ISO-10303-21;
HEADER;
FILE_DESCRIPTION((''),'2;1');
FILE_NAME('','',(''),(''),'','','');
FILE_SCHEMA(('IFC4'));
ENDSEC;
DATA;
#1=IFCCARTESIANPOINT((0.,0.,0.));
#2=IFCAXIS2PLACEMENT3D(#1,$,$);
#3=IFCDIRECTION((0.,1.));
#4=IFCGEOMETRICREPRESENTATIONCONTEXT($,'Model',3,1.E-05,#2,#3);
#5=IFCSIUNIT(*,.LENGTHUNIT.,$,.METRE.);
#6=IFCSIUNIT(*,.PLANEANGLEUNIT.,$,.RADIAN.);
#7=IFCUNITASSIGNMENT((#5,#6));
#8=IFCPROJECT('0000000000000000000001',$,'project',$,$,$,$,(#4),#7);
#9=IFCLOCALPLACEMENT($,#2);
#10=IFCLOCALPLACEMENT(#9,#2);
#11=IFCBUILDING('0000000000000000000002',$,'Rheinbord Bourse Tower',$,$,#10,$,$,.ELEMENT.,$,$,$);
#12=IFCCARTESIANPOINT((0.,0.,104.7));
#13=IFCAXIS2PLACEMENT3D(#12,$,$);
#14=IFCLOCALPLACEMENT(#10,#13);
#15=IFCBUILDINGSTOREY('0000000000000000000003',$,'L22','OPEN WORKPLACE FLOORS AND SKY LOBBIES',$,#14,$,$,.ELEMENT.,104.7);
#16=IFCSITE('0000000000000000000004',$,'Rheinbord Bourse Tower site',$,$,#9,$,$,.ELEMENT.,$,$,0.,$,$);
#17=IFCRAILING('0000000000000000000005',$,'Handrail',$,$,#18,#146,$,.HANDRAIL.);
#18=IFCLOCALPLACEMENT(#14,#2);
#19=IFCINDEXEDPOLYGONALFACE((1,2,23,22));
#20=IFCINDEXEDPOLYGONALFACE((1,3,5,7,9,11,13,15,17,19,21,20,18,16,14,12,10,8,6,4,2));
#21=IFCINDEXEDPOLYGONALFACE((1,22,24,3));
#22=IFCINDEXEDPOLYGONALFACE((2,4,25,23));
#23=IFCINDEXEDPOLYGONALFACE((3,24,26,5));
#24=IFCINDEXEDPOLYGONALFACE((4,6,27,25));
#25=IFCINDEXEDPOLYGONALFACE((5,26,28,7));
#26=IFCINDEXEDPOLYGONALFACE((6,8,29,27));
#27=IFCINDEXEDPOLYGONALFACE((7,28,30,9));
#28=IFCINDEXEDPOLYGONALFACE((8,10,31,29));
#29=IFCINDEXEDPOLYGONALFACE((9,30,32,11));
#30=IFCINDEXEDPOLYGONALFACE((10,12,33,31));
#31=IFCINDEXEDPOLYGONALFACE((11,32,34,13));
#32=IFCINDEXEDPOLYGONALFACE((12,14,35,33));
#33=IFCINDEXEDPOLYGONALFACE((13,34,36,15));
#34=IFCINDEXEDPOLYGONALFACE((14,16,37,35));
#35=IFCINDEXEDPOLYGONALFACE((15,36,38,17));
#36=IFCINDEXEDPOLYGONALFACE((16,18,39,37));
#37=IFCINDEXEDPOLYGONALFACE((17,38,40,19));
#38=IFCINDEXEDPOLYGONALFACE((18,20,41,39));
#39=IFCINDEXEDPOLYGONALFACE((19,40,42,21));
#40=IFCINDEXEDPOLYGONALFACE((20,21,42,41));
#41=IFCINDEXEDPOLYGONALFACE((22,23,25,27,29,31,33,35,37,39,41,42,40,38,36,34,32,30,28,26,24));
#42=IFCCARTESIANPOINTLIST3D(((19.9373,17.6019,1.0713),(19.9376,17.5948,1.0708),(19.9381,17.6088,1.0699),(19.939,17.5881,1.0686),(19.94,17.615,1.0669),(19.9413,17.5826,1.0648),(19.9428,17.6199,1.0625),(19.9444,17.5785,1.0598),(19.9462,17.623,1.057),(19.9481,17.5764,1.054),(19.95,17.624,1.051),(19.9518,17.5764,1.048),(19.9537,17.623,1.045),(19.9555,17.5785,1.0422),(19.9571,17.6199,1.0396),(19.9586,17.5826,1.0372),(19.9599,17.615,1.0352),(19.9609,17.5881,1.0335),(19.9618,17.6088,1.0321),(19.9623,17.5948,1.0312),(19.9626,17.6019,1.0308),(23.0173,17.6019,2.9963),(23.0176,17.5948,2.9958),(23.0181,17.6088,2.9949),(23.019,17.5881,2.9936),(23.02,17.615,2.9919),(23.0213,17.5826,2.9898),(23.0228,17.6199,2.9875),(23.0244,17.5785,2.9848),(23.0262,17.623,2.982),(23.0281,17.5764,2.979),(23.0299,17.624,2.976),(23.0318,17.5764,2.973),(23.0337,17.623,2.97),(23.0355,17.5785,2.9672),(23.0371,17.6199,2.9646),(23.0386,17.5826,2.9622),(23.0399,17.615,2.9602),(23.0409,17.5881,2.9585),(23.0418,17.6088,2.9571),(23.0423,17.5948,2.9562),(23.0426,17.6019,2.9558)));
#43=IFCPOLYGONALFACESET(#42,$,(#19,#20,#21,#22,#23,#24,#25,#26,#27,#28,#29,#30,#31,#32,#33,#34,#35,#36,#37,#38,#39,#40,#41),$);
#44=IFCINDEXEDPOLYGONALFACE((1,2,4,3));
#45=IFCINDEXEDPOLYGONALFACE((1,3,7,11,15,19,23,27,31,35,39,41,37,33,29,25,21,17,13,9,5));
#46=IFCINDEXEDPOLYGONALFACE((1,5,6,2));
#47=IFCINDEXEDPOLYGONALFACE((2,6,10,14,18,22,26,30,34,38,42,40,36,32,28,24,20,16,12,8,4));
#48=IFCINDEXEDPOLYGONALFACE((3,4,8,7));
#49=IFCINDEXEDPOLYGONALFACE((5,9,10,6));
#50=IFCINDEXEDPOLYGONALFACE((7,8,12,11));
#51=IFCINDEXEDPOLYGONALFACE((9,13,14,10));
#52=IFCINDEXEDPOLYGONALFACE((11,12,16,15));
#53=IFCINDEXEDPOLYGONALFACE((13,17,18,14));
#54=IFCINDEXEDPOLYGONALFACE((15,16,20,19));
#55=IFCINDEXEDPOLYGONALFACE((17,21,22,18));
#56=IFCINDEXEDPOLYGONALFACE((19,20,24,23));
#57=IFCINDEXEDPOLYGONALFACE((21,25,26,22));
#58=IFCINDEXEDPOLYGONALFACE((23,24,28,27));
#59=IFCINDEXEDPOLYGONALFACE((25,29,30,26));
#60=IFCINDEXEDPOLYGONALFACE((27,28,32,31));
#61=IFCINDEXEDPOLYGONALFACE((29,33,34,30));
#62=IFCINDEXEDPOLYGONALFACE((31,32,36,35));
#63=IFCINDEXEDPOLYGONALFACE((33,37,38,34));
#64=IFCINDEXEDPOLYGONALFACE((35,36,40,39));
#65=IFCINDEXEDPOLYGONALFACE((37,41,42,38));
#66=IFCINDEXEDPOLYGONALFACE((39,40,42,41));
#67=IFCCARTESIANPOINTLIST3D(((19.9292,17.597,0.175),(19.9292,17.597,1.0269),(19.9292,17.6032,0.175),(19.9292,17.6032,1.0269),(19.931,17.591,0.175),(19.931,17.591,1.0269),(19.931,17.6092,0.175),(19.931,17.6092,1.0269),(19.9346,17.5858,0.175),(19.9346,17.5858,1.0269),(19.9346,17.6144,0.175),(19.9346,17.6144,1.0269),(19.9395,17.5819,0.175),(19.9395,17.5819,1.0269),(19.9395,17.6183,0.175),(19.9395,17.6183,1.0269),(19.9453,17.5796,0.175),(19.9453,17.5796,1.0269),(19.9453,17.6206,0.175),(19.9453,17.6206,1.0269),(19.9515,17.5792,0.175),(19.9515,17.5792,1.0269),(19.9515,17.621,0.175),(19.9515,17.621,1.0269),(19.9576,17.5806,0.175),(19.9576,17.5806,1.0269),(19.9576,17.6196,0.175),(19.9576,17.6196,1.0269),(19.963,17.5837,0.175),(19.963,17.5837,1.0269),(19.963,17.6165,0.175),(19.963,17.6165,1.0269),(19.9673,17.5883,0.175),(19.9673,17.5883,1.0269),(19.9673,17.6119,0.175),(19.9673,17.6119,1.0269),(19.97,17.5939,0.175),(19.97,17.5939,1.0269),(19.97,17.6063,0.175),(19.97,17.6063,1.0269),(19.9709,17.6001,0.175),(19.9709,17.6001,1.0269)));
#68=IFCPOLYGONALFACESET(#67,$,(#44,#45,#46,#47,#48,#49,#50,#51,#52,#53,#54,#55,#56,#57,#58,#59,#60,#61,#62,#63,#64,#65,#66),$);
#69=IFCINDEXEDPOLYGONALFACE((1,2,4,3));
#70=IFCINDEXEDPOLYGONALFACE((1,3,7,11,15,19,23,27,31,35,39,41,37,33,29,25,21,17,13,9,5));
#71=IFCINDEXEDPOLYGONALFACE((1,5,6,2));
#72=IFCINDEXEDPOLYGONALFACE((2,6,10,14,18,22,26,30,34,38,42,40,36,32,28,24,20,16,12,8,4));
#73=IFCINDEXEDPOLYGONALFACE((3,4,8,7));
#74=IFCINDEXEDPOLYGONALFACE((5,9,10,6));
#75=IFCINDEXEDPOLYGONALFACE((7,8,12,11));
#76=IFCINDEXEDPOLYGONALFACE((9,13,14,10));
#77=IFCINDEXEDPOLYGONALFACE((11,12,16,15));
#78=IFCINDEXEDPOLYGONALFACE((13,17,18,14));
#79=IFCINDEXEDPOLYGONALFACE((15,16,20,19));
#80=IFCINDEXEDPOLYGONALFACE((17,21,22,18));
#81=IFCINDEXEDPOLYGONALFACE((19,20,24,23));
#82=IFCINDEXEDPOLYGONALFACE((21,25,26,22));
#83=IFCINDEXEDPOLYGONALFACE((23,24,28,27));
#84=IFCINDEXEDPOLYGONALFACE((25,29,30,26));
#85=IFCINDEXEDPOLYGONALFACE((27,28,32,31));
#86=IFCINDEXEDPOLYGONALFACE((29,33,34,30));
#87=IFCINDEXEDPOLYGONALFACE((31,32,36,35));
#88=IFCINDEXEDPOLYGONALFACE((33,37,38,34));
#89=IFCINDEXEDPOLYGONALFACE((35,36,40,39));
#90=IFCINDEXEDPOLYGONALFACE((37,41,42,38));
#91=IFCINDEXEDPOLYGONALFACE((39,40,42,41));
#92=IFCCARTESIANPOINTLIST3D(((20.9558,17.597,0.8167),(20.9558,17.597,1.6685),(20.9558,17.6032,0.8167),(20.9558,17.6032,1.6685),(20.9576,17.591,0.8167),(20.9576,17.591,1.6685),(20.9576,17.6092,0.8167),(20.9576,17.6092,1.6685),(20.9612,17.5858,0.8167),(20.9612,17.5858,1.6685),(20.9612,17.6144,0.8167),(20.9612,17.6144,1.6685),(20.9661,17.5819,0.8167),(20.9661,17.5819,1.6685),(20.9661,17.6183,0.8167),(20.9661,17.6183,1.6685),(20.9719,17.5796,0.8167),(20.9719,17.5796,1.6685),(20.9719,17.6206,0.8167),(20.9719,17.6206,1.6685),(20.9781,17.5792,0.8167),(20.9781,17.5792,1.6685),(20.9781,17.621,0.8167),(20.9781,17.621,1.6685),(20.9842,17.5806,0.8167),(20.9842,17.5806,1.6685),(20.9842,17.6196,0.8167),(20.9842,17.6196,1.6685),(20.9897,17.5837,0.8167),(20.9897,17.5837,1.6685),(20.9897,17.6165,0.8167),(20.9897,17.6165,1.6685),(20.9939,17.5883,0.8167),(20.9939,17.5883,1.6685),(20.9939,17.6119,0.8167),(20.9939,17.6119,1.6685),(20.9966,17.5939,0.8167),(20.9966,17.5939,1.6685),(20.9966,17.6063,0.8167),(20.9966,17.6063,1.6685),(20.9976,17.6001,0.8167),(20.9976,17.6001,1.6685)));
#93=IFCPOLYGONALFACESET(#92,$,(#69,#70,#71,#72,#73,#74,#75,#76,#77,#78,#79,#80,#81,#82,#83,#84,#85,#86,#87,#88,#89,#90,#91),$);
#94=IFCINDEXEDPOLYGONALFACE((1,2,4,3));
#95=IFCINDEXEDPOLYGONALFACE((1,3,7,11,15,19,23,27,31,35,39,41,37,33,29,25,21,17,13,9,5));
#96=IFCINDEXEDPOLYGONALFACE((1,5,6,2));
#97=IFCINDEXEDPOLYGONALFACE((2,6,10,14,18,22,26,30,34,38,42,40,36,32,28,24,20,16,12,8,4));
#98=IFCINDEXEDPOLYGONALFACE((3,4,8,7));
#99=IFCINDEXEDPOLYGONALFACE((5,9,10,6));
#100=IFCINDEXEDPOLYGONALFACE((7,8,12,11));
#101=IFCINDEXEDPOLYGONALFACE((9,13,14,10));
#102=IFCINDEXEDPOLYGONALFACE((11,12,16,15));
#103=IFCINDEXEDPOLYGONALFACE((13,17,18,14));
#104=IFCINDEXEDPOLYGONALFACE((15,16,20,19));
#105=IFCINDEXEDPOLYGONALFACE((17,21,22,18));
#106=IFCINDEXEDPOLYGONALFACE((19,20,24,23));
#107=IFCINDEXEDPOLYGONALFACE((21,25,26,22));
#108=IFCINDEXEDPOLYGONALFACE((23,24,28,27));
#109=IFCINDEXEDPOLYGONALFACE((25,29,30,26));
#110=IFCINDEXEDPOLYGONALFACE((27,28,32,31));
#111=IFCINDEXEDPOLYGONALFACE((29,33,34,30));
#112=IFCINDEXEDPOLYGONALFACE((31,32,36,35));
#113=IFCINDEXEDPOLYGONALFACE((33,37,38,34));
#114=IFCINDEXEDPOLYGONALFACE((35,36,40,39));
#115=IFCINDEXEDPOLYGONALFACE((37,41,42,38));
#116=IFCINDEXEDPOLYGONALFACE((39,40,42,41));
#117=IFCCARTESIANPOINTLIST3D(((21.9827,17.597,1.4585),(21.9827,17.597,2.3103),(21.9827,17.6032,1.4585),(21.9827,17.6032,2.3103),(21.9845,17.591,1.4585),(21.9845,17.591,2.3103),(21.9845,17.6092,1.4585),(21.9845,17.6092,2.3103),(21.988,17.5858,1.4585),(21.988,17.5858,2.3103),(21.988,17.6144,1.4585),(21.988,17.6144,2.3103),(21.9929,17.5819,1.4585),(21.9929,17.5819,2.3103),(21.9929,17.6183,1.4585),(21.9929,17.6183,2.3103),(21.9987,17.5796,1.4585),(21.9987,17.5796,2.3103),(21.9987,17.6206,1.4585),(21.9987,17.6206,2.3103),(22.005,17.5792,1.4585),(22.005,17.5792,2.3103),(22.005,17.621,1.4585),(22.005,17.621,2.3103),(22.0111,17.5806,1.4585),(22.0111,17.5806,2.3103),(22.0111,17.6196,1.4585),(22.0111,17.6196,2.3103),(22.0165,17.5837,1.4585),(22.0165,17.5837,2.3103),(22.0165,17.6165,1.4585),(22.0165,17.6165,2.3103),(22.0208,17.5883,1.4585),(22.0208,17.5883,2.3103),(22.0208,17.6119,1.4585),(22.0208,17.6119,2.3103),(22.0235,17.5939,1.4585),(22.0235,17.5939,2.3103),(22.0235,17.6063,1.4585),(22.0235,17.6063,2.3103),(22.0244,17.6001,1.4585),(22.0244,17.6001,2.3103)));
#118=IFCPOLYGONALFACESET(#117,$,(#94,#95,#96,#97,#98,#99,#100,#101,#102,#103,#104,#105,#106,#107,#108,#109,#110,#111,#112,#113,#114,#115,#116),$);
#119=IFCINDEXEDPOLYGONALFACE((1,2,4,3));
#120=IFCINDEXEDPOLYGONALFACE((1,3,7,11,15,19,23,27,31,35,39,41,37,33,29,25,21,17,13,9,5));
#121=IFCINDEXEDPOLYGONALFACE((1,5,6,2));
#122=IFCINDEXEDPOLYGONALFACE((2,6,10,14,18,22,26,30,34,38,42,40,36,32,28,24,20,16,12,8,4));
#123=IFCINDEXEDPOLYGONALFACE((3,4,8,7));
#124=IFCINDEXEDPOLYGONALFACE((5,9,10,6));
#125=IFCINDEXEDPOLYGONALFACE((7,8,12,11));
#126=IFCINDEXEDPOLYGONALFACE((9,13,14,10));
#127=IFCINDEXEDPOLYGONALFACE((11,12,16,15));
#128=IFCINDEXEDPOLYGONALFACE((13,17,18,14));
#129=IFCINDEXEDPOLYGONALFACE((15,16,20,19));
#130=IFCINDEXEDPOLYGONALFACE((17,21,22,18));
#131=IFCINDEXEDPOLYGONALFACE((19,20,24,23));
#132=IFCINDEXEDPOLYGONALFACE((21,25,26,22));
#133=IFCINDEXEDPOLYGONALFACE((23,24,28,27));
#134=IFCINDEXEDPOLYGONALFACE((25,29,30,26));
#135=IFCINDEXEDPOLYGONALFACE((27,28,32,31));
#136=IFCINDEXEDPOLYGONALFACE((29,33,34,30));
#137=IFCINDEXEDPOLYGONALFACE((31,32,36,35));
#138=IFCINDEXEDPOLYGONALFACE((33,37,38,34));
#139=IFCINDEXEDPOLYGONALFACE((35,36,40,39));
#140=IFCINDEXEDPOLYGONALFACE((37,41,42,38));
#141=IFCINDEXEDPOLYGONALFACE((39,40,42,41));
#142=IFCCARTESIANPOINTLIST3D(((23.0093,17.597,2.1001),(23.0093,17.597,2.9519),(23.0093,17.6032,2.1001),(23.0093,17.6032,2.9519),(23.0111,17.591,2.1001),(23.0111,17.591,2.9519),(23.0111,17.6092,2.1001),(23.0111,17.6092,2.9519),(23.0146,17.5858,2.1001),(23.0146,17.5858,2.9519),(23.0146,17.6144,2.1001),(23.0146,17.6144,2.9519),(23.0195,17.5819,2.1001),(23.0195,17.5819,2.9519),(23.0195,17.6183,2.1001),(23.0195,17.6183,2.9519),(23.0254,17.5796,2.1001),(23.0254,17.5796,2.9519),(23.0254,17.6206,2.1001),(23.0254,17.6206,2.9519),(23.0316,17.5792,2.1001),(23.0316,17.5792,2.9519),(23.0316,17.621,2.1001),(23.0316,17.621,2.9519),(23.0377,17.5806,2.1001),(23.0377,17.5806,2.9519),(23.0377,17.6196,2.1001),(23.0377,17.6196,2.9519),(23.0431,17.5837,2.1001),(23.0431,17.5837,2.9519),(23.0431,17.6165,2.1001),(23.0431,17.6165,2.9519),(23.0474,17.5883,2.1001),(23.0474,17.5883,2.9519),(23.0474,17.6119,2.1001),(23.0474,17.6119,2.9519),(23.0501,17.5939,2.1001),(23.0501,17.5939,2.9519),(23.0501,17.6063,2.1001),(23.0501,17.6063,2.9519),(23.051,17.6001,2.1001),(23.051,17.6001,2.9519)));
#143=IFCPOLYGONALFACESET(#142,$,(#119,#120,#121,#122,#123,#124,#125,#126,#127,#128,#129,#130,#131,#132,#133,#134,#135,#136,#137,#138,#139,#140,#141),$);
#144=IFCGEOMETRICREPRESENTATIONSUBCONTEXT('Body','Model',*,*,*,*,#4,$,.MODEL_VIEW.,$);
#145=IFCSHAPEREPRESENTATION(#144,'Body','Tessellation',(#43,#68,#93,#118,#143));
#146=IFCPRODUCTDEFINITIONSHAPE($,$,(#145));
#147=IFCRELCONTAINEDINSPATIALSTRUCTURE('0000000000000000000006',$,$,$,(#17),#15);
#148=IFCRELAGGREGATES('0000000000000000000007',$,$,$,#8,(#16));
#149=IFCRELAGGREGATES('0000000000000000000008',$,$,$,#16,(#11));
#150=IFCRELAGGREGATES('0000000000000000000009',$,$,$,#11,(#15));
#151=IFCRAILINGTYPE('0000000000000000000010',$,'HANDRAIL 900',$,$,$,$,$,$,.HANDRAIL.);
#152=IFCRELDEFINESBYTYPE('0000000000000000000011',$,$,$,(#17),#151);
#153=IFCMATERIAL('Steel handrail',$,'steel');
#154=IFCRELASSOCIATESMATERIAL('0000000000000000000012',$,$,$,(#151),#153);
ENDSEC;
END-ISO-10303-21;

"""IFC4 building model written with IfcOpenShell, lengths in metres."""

from ifc_helpers import new_model, si_unit, direction, frame, origin, origin_2d, place, context, subcontext, project, spatial, circle, extrude, material, type_object, element, save


model = new_model("IFC4")

# Units and contexts
model_context = context("Model", 3, precision=1e-05, world=origin(), true_north=direction((0.0, 1.0)))
body_context = subcontext(model_context, "Body", "Model", "MODEL_VIEW")
ifc_project = project(units=[si_unit("LENGTHUNIT", "METRE"), si_unit("PLANEANGLEUNIT", "RADIAN")], contexts=[model_context])

# Site, building, storey
site_placement = place(None, origin())
site = spatial("IfcSite", under=ifc_project, at=site_placement, Name="Rheinbord Bourse Tower site", CompositionType="ELEMENT", RefElevation=0.0)
building_placement = place(site_placement, origin())
building = spatial("IfcBuilding", under=site, at=building_placement, Name="Rheinbord Bourse Tower", CompositionType="ELEMENT")
storey_placement = place(building_placement, frame((0.0, 0.0, 104.7)))
storey = spatial("IfcBuildingStorey", under=building, at=storey_placement, Name="L22", Description="OPEN WORKPLACE FLOORS AND SKY LOBBIES", CompositionType="ELEMENT", Elevation=104.7)

# Railing
ifc_material_1 = material(Name="Steel handrail", Category="steel")
railing_type = type_object("IfcRailingType", Name="HANDRAIL 900", PredefinedType="HANDRAIL", material=ifc_material_1)
railing_1_placement = place(storey_placement, frame((19.95, 17.6001, 0.175)))
element("IfcRailing", 1, at=railing_1_placement, inside=storey, type_object=railing_type, Name="Handrail", PredefinedType="HANDRAIL", context=body_context, shape_type="SweptSolid", body=[
    extrude(circle(Radius=0.0239, at=origin_2d()), frame((0.0, 0.0, 0.876), z_axis=(0.847998, 0.0, 0.529999), x_axis=(0.0, 1.0, 0.0)), (0.0, 0.0, 1.0), 3.6321),
    extrude(circle(Radius=0.021, at=origin_2d()), origin(), (0.0, 0.0, 1.0), 0.8518),
    extrude(circle(Radius=0.021, at=origin_2d()), frame((1.0266, 0.0, 0.6416)), (0.0, 0.0, 1.0), 0.8518),
    extrude(circle(Radius=0.021, at=origin_2d()), frame((2.0535, 0.0, 1.2834)), (0.0, 0.0, 1.0), 0.8518),
    extrude(circle(Radius=0.021, at=origin_2d()), frame((3.0801, 0.0, 1.925)), (0.0, 0.0, 1.0), 0.8518),
])

save(model, "model.ifc")
